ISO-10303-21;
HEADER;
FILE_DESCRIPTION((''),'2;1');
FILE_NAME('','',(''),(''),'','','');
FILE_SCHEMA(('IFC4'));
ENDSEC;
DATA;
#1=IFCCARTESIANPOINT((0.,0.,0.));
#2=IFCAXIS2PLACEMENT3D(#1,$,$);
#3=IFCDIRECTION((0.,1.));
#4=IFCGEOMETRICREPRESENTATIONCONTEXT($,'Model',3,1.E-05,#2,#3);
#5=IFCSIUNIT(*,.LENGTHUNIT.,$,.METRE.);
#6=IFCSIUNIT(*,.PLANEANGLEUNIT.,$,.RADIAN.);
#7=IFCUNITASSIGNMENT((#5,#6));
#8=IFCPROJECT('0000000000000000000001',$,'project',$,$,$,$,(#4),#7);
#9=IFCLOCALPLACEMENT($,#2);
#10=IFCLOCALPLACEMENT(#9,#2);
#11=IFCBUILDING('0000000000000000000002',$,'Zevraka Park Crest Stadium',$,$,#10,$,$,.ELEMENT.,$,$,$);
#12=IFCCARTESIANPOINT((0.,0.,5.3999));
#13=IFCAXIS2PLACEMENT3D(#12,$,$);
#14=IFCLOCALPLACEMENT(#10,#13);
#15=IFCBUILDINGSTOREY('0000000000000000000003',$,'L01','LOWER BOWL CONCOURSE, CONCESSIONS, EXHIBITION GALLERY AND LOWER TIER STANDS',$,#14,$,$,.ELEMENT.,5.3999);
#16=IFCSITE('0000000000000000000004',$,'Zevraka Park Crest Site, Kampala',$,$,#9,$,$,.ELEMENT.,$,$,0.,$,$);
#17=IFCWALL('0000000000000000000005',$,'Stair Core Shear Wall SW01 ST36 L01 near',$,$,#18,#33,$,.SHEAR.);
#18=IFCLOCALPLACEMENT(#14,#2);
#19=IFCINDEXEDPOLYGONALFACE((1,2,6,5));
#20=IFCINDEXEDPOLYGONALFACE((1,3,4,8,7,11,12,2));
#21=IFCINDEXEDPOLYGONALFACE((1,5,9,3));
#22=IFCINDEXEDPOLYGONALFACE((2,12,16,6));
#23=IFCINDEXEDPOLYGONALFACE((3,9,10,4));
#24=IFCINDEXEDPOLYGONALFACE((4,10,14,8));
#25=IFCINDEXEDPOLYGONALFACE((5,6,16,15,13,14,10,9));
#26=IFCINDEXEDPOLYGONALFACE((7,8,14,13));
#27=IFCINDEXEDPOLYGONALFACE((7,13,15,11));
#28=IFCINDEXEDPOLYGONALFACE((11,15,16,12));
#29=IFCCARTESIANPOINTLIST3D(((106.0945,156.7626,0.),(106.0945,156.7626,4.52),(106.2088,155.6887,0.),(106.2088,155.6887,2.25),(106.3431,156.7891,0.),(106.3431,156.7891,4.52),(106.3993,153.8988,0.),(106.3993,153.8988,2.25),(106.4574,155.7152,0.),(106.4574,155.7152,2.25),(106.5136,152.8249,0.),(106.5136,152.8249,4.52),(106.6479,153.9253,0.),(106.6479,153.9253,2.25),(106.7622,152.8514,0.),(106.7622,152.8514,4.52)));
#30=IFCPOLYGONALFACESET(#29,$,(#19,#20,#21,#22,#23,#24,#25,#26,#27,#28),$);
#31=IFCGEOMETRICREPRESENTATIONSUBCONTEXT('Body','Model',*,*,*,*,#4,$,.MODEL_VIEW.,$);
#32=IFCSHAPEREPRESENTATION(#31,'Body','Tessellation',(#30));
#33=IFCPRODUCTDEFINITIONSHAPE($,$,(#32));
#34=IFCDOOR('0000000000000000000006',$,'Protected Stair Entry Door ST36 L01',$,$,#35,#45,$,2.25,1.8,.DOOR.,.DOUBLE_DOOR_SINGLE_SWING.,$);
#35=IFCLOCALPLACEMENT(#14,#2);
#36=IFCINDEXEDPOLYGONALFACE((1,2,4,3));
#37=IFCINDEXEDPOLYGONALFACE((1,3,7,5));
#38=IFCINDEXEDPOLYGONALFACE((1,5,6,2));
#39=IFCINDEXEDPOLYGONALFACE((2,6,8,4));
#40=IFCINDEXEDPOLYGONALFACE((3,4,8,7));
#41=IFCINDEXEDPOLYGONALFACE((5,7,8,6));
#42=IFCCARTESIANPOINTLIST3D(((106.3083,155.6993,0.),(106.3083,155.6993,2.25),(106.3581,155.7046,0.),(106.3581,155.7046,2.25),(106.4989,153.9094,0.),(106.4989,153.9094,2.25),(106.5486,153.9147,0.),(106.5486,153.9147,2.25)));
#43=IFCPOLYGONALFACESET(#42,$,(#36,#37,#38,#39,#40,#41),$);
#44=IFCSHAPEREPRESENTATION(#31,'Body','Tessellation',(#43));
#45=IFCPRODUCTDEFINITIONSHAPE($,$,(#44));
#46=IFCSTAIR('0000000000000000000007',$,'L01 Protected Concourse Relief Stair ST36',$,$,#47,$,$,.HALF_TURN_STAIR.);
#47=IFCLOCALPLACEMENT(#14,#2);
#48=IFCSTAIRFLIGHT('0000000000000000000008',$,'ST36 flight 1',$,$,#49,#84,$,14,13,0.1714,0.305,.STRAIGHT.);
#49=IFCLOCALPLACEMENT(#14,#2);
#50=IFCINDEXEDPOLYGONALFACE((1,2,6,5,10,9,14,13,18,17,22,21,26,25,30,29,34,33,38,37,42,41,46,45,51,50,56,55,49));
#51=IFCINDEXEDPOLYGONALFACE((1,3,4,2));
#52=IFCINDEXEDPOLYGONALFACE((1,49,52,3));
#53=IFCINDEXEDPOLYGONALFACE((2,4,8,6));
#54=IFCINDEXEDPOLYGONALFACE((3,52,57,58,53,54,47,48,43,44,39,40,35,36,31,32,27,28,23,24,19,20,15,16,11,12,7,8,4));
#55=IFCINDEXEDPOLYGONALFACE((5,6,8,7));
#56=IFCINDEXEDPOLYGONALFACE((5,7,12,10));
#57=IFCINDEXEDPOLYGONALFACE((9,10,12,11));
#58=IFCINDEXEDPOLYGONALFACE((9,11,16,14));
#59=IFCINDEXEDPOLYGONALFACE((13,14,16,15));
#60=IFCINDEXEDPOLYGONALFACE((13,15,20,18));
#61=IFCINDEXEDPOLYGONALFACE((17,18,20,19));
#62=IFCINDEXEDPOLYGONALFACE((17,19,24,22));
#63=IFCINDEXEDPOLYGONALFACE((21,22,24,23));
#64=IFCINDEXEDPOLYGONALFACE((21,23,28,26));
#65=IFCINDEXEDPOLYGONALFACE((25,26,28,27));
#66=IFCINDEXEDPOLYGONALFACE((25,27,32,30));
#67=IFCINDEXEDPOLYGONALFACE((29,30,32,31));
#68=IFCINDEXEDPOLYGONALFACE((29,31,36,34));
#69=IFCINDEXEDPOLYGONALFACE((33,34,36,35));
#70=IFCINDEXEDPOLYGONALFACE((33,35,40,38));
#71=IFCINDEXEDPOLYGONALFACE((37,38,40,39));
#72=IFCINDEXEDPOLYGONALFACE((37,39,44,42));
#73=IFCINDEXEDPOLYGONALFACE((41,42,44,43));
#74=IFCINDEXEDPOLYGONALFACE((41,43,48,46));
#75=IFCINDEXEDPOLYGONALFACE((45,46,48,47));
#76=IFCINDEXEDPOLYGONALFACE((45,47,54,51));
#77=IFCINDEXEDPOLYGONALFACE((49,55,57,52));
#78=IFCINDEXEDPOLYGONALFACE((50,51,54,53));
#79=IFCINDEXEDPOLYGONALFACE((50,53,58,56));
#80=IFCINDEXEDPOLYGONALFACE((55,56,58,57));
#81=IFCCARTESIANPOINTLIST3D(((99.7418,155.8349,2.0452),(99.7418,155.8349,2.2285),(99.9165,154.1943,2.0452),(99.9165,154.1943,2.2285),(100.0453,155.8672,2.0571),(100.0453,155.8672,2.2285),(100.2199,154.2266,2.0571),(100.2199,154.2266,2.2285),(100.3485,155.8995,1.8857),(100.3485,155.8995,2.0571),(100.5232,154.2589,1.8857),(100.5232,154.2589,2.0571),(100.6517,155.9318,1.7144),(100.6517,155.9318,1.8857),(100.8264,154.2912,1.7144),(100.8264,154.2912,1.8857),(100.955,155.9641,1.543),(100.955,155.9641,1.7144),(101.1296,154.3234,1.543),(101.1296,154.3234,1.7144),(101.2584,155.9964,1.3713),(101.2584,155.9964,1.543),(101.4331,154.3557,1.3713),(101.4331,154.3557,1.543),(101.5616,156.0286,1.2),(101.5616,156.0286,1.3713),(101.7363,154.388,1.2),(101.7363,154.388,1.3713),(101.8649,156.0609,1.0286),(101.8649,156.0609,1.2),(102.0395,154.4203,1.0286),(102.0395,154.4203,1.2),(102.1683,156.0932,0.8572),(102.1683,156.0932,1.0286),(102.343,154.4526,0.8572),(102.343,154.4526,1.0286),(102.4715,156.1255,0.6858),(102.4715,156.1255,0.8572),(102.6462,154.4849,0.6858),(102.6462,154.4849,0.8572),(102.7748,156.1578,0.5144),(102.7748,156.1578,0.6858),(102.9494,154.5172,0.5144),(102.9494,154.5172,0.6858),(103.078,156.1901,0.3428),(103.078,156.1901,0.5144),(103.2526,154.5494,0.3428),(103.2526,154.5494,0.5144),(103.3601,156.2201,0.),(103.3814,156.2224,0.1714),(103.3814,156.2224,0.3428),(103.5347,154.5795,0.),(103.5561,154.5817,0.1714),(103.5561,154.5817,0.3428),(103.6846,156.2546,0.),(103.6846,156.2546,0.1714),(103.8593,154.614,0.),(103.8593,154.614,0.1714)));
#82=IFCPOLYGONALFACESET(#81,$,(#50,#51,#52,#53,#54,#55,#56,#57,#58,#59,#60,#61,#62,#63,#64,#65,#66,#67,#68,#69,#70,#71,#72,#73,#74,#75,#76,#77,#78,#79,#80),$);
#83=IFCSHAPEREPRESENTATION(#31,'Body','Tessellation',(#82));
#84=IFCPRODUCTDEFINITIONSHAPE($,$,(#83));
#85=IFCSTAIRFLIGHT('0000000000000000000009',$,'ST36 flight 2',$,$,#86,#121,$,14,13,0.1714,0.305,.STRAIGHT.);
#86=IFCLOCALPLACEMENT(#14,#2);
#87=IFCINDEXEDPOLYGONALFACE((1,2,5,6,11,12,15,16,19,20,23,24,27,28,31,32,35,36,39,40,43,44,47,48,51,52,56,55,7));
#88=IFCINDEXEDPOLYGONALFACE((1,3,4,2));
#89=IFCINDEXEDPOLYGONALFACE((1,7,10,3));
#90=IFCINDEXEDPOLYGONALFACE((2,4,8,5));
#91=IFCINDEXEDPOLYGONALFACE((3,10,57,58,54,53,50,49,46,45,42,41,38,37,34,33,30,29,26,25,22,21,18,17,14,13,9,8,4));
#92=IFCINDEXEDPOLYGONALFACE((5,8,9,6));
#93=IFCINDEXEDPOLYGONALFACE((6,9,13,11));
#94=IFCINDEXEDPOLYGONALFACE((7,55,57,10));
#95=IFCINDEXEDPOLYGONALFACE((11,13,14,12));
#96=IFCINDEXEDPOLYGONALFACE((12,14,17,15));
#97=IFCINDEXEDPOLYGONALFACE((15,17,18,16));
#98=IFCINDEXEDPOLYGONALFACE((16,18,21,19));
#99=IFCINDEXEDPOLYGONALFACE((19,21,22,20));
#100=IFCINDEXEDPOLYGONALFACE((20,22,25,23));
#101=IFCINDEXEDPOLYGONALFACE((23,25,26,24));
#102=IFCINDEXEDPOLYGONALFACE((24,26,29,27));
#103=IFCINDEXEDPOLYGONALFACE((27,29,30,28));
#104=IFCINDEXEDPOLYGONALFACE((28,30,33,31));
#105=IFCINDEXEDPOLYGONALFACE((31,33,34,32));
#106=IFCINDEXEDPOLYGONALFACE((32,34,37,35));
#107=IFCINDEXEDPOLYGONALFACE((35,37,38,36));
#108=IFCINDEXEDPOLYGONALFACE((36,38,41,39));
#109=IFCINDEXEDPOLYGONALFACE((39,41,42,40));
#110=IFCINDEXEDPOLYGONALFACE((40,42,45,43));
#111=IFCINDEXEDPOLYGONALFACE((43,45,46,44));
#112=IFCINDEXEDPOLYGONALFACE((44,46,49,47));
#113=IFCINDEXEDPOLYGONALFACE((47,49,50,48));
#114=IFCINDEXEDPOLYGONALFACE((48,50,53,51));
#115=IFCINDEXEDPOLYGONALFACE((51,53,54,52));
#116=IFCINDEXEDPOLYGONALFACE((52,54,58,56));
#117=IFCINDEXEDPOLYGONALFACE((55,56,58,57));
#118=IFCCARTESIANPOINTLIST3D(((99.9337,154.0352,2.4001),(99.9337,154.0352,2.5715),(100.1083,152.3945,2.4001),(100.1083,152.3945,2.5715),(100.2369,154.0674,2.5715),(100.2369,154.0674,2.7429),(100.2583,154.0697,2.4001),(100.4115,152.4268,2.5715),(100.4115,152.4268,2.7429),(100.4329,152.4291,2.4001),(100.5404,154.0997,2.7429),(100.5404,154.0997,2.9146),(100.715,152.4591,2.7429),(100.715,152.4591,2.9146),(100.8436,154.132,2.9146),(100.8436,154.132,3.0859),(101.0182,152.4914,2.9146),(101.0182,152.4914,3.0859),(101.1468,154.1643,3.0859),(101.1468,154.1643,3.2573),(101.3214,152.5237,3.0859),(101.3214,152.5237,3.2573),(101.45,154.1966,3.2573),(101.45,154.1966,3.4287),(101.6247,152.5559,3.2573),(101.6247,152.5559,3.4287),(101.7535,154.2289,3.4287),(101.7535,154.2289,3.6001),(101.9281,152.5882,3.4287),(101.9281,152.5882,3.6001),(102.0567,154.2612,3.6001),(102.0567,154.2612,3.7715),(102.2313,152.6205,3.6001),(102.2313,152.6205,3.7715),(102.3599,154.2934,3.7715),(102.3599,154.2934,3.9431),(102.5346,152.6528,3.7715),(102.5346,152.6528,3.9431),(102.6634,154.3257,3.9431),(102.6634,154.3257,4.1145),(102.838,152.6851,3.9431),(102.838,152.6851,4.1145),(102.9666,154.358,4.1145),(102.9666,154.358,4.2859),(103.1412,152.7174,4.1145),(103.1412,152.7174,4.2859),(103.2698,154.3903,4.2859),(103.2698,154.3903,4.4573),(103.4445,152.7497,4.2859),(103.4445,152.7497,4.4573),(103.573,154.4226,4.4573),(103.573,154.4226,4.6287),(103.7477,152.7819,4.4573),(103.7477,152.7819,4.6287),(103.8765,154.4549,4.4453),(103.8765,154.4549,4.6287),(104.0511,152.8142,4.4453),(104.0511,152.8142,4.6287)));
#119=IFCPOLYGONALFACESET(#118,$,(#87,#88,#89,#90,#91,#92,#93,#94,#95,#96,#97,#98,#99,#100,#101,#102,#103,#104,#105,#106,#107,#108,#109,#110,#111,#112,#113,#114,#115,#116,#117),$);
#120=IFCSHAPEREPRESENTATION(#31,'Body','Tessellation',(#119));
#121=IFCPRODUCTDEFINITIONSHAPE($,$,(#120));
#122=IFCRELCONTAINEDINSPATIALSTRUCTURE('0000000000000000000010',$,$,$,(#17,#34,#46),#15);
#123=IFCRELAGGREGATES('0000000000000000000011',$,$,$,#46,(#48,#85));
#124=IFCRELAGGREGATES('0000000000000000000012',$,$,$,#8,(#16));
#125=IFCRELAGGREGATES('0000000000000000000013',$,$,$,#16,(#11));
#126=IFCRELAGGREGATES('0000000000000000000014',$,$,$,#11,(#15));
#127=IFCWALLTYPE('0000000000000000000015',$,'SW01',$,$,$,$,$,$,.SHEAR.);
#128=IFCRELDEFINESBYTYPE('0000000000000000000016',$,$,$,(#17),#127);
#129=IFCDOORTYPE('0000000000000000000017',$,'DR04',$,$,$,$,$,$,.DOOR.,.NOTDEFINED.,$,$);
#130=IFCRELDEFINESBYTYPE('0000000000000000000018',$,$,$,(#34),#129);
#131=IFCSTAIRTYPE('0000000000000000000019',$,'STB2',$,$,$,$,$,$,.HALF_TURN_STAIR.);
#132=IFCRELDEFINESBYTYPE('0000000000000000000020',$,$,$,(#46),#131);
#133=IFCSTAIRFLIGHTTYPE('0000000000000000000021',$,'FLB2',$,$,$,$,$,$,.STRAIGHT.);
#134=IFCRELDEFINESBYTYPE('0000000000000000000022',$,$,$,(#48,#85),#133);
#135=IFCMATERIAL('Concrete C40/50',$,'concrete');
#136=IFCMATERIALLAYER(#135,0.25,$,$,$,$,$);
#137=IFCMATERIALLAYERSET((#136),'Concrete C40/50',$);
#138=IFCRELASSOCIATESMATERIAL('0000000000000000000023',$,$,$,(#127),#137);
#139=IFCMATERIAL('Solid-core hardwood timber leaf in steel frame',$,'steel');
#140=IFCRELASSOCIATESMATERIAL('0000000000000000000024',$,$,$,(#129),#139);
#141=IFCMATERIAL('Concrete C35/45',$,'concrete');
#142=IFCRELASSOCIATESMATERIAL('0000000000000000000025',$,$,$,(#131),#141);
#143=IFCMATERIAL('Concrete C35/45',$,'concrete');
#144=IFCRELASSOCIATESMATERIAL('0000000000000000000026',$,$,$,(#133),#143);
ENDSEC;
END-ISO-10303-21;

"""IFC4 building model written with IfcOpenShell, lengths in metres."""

from ifc_helpers import new_model, si_unit, direction, frame, frame_2d, origin, place, context, subcontext, project, spatial, polyline, rectangle, outline, extrude, material, layer, layer_set, type_object, element, fill, aggregate, save


model = new_model("IFC4")

# Units and contexts
model_context = context("Model", 3, precision=1e-05, world=origin(), true_north=direction((0.0, 1.0)))
body_context = subcontext(model_context, "Body", "Model", "MODEL_VIEW")
ifc_project = project(units=[si_unit("LENGTHUNIT", "METRE"), si_unit("PLANEANGLEUNIT", "RADIAN")], contexts=[model_context])

# Site, building, storey
site_placement = place(None, origin())
site = spatial("IfcSite", under=ifc_project, at=site_placement, Name="Zevraka Park Crest Site, Kampala", CompositionType="ELEMENT", RefElevation=0.0)
building_placement = place(site_placement, origin())
building = spatial("IfcBuilding", under=site, at=building_placement, Name="Zevraka Park Crest Stadium", CompositionType="ELEMENT")
storey_placement = place(building_placement, frame((0.0, 0.0, 5.3999)))
storey = spatial("IfcBuildingStorey", under=building, at=storey_placement, Name="L01", Description="LOWER BOWL CONCOURSE, CONCESSIONS, EXHIBITION GALLERY AND LOWER TIER STANDS", CompositionType="ELEMENT", Elevation=5.3999)

# Shared definitions
ifc_material_1 = material(Name="Concrete C40/50", Category="concrete")
ifc_layer_1 = layer(ifc_material_1, 0.25)
ifc_layer_set_1 = layer_set([ifc_layer_1], Name="Concrete C40/50")
wall_type = type_object("IfcWallType", Name="SW01", PredefinedType="SHEAR", material=ifc_layer_set_1)

# Wall, opening, door
wall_1_placement = place(storey_placement, frame((106.6379, 152.8381, 0.0), z_axis=(0.0, 0.0, 1.0), x_axis=(-0.105856, 0.994381, 0.0)))
wall_1 = element("IfcWall", 1, at=wall_1_placement, inside=storey, type_object=wall_type, Name="Stair Core Shear Wall SW01 ST36 L01 near", PredefinedType="SHEAR", context=body_context, shape_type="SweptSolid", body=[
    extrude(rectangle(XDim=3.96, YDim=0.25, at=frame_2d((1.98, 0.0))), origin(), (0.0, 0.0, 1.0), 4.52),
])
opening_placement = place(wall_1_placement, frame((1.0801, 0.0, 0.0)))
opening = element("IfcOpeningElement", 2, at=opening_placement, cuts=wall_1, PredefinedType="OPENING", context=body_context, shape_type="SweptSolid", body=[
    extrude(rectangle(XDim=1.8, YDim=2.25, at=frame_2d((0.8999, 1.125))), frame((0.0, 0.135, 0.0), z_axis=(0.0, -1.0, 0.0), x_axis=(1.0, 0.0, 0.0)), (0.0, 0.0, 1.0), 0.27),
])
ifc_material_2 = material(Name="Solid-core hardwood timber leaf in steel frame", Category="steel")
door_type = type_object("IfcDoorType", Name="DR04", OperationType="NOTDEFINED", PredefinedType="DOOR", material=ifc_material_2)
door_placement = place(opening_placement, origin())
door = element("IfcDoor", 3, at=door_placement, inside=storey, type_object=door_type, Name="Protected Stair Entry Door ST36 L01", OperationType="DOUBLE_DOOR_SINGLE_SWING", OverallHeight=2.25, OverallWidth=1.8, PredefinedType="DOOR", context=body_context, shape_type="SweptSolid", body=[
    extrude(rectangle(XDim=1.8, YDim=2.25, at=frame_2d((0.8999, 1.125))), frame((0.0, 0.0249, 0.0), z_axis=(0.0, -1.0, 0.0), x_axis=(1.0, 0.0, 0.0)), (0.0, 0.0, 1.0), 0.05),
])
fill(opening, door)

# Stair, stair flights
ifc_material_3 = material(Name="Concrete C35/45", Category="concrete")
stair_type = type_object("IfcStairType", Name="STB2", PredefinedType="HALF_TURN_STAIR", material=ifc_material_3)
stair_placement = place(storey_placement, origin())
stair = element("IfcStair", 4, at=stair_placement, inside=storey, type_object=stair_type, Name="L01 Protected Concourse Relief Stair ST36", PredefinedType="HALF_TURN_STAIR")
ifc_material_4 = material(Name="Concrete C35/45", Category="concrete")
stair_flight_type = type_object("IfcStairFlightType", Name="FLB2", PredefinedType="STRAIGHT", material=ifc_material_4)
stair_flight_1_placement = place(storey_placement, frame((103.772, 155.4343, 0.0), z_axis=(0.0, 0.0, 1.0), x_axis=(-0.994382, -0.105853, 0.0)))
stair_flight_1 = element("IfcStairFlight", 5, at=stair_flight_1_placement, type_object=stair_flight_type, Name="ST36 flight 1", NumberOfRisers=14, NumberOfTreads=13, PredefinedType="STRAIGHT", RiserHeight=0.1714, TreadLength=0.305, context=body_context, shape_type="SweptSolid", body=[
    extrude(outline(polyline([(0.0, 0.0), (0.0, 0.1714), (0.3049, 0.1714), (0.3049, 0.3428), (0.6101, 0.3428), (0.6101, 0.5144), (0.915, 0.5144), (0.915, 0.6858), (1.22, 0.6858), (1.22, 0.8572), (1.5249, 0.8572), (1.5249, 1.0286), (1.8301, 1.0286), (1.8301, 1.2), (2.135, 1.2), (2.135, 1.3713), (2.4399, 1.3713), (2.4399, 1.543), (2.7451, 1.543), (2.7451, 1.7144), (3.05, 1.7144), (3.05, 1.8857), (3.355, 1.8857), (3.355, 2.0571), (3.6599, 2.0571), (3.6599, 2.2285), (3.9651, 2.2285), (3.9651, 2.3999), (3.9651, 2.0452), (0.3264, 0.0), (0.0, 0.0)])), frame((0.0, 0.825, 0.0), z_axis=(0.0, -1.0, 0.0), x_axis=(1.0, 0.0, 0.0)), (0.0, 0.0, 1.0), 1.6499),
])
stair_flight_2_placement = place(storey_placement, frame((100.021, 153.2148, 2.4001), z_axis=(0.0, 0.0, 1.0), x_axis=(0.994382, 0.105853, 0.0)))
stair_flight_2 = element("IfcStairFlight", 6, at=stair_flight_2_placement, type_object=stair_flight_type, Name="ST36 flight 2", NumberOfRisers=14, NumberOfTreads=13, PredefinedType="STRAIGHT", RiserHeight=0.1714, TreadLength=0.305, context=body_context, shape_type="SweptSolid", body=[
    extrude(outline(polyline([(0.0, 0.0), (0.0, 0.1714), (0.3049, 0.1714), (0.3049, 0.3428), (0.6101, 0.3428), (0.6101, 0.5144), (0.915, 0.5144), (0.915, 0.6858), (1.22, 0.6858), (1.22, 0.8572), (1.5249, 0.8572), (1.5249, 1.0286), (1.8301, 1.0286), (1.8301, 1.2), (2.135, 1.2), (2.135, 1.3713), (2.4399, 1.3713), (2.4399, 1.543), (2.7451, 1.543), (2.7451, 1.7144), (3.05, 1.7144), (3.05, 1.8857), (3.355, 1.8857), (3.355, 2.0571), (3.6599, 2.0571), (3.6599, 2.2285), (3.9651, 2.2285), (3.9651, 2.3999), (3.9651, 2.0452), (0.3264, 0.0), (0.0, 0.0)])), frame((0.0, 0.825, 0.0), z_axis=(0.0, -1.0, 0.0), x_axis=(1.0, 0.0, 0.0)), (0.0, 0.0, 1.0), 1.6499),
])
aggregate(stair, [stair_flight_1, stair_flight_2])

save(model, "model.ifc")
